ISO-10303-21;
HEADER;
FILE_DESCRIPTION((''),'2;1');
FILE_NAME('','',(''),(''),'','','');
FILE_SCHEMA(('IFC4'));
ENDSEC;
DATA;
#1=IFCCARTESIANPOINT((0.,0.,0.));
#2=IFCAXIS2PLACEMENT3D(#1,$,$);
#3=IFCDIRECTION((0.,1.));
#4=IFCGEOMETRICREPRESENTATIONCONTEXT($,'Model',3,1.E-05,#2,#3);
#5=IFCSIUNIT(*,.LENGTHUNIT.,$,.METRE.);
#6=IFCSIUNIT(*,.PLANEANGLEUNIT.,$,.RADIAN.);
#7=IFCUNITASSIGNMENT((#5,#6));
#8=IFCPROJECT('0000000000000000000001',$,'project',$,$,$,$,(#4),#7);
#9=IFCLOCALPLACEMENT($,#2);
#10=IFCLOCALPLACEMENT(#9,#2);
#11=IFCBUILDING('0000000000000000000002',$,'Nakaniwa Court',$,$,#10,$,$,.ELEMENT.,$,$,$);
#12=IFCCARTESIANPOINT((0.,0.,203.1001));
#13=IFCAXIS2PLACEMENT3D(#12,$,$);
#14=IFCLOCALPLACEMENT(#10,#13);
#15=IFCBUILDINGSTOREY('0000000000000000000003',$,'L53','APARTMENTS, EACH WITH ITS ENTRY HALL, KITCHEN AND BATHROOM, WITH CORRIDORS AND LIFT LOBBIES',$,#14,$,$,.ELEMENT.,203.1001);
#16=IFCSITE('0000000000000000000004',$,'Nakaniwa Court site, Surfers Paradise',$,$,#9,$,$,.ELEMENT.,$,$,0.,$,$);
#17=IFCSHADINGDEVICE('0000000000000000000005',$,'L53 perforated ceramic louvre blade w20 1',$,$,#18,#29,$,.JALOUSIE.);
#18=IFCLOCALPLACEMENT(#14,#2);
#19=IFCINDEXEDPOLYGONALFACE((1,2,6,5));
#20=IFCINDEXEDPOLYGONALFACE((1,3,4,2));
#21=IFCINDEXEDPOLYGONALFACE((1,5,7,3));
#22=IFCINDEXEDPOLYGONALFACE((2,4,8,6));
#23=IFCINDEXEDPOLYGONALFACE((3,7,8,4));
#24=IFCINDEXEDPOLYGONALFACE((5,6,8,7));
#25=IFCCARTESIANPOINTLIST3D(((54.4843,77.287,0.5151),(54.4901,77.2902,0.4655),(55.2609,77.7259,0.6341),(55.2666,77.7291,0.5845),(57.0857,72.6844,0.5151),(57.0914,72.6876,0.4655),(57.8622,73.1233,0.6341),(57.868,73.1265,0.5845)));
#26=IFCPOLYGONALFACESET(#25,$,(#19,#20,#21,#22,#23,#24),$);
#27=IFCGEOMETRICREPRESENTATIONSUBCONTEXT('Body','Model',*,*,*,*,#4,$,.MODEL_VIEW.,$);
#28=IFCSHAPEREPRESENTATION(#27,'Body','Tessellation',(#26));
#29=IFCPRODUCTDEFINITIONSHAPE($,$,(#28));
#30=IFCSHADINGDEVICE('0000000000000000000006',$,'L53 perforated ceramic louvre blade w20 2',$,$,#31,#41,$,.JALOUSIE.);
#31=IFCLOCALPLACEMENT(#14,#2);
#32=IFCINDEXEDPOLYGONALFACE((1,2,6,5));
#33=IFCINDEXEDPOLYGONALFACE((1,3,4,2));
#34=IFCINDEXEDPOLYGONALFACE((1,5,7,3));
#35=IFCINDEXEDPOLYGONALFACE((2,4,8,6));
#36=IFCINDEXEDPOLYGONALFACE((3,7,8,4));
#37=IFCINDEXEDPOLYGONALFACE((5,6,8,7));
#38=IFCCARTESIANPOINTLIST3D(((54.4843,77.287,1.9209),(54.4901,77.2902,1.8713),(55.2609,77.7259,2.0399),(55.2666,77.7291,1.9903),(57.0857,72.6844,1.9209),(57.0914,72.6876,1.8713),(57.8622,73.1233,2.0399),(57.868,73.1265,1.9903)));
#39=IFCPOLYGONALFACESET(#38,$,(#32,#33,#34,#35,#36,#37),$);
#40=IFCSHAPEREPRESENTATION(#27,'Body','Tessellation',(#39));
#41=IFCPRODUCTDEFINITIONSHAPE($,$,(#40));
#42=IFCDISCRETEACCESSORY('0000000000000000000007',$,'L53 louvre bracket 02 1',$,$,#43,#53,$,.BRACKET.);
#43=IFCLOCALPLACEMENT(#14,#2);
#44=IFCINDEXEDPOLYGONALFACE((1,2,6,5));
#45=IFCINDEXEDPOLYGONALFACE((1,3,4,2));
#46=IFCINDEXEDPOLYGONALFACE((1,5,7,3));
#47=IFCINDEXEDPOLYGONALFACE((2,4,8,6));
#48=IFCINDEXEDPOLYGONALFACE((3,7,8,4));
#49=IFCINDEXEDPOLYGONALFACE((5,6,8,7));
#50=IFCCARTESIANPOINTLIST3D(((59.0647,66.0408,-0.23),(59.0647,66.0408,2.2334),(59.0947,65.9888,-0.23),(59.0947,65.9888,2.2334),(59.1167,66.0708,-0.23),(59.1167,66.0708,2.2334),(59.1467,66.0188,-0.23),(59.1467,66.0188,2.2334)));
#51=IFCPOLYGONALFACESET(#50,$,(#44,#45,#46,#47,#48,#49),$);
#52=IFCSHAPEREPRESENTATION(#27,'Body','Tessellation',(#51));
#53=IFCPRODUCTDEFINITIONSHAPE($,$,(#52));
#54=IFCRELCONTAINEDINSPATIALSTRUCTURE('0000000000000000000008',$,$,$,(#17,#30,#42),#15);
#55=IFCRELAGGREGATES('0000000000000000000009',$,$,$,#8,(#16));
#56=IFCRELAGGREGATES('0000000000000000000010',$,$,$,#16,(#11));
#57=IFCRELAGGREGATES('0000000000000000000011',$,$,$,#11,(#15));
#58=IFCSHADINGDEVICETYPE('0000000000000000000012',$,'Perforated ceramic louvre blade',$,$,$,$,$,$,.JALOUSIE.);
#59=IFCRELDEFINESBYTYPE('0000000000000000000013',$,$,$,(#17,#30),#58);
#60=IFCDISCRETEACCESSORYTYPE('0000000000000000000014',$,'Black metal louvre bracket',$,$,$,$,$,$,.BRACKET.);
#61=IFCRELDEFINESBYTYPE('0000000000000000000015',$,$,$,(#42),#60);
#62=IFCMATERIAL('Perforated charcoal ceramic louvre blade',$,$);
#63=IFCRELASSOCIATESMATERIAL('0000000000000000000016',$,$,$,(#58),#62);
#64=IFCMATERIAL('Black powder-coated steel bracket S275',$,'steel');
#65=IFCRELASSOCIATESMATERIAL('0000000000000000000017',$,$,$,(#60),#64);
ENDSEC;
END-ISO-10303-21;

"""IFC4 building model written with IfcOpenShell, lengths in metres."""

from ifc_helpers import new_model, si_unit, direction, frame, origin, origin_2d, place, context, subcontext, project, spatial, rectangle, extrude, material, material_profile, profile_set, type_object, element, save


model = new_model("IFC4")

# Units and contexts
model_context = context("Model", 3, precision=1e-05, world=origin(), true_north=direction((0.0, 1.0)))
body_context = subcontext(model_context, "Body", "Model", "MODEL_VIEW")
ifc_project = project(units=[si_unit("LENGTHUNIT", "METRE"), si_unit("PLANEANGLEUNIT", "RADIAN")], contexts=[model_context])

# Site, building, storey
site_placement = place(None, origin())
site = spatial("IfcSite", under=ifc_project, at=site_placement, Name="Nakaniwa Court site, Surfers Paradise", CompositionType="ELEMENT", RefElevation=0.0)
building_placement = place(site_placement, origin())
building = spatial("IfcBuilding", under=site, at=building_placement, Name="Nakaniwa Court", CompositionType="ELEMENT")
storey_placement = place(building_placement, frame((0.0, 0.0, 203.1001)))
storey = spatial("IfcBuildingStorey", under=building, at=storey_placement, Name="L53", Description="APARTMENTS, EACH WITH ITS ENTRY HALL, KITCHEN AND BATHROOM, WITH CORRIDORS AND LIFT LOBBIES", CompositionType="ELEMENT", Elevation=203.1001)

# Shading devices
ifc_material_1 = material(Name="Perforated charcoal ceramic louvre blade")
ifc_material_profile_1 = material_profile(ifc_material_1, rectangle(XDim=0.8999, YDim=0.05, at=origin_2d()), Name="Perforated ceramic louvre blade")
ifc_profile_set_1 = profile_set([ifc_material_profile_1], Name="Perforated charcoal ceramic louvre blade")
shading_device_type_1 = type_object("IfcShadingDeviceType", Name="Perforated ceramic louvre blade", PredefinedType="JALOUSIE", material=ifc_profile_set_1)
for number, where, z_axis, x_axis, name in (
    (1, (54.8755, 77.5081, 0.5498), (0.492041, -0.870572, 0.0), (0.862925, 0.487718, 0.132256), "L53 perforated ceramic louvre blade w20 1"),
    (2, (54.8755, 77.5081, 1.9556), (0.492041, -0.870572, 0.0), (0.862925, 0.487718, 0.132256), "L53 perforated ceramic louvre blade w20 2"),
):
    element("IfcShadingDevice", number, at=place(storey_placement, frame(where, z_axis=z_axis, x_axis=x_axis)), inside=storey, type_object=shading_device_type_1, Name=name, PredefinedType="JALOUSIE", context=body_context, shape_type="SweptSolid", body=[
        extrude(rectangle(XDim=0.8999, YDim=0.05, at=origin_2d()), origin(), (0.0, 0.0, 1.0), 5.2869),
    ])

# Discrete accessory
ifc_material_2 = material(Name="Black powder-coated steel bracket S275", Category="steel")
discrete_accessory_type = type_object("IfcDiscreteAccessoryType", Name="Black metal louvre bracket", PredefinedType="BRACKET", material=ifc_material_2)
discrete_accessory_placement = place(storey_placement, frame((59.1057, 66.0298, -0.23), z_axis=(0.0, 0.0, 1.0), x_axis=(0.500017, -0.866016, 0.0)))
element("IfcDiscreteAccessory", 3, at=discrete_accessory_placement, inside=storey, type_object=discrete_accessory_type, Name="L53 louvre bracket 02 1", PredefinedType="BRACKET", context=body_context, shape_type="SweptSolid", body=[
    extrude(rectangle(XDim=0.0601, YDim=0.0601, at=origin_2d()), origin(), (0.0, 0.0, 1.0), 2.4634),
])

save(model, "model.ifc")
